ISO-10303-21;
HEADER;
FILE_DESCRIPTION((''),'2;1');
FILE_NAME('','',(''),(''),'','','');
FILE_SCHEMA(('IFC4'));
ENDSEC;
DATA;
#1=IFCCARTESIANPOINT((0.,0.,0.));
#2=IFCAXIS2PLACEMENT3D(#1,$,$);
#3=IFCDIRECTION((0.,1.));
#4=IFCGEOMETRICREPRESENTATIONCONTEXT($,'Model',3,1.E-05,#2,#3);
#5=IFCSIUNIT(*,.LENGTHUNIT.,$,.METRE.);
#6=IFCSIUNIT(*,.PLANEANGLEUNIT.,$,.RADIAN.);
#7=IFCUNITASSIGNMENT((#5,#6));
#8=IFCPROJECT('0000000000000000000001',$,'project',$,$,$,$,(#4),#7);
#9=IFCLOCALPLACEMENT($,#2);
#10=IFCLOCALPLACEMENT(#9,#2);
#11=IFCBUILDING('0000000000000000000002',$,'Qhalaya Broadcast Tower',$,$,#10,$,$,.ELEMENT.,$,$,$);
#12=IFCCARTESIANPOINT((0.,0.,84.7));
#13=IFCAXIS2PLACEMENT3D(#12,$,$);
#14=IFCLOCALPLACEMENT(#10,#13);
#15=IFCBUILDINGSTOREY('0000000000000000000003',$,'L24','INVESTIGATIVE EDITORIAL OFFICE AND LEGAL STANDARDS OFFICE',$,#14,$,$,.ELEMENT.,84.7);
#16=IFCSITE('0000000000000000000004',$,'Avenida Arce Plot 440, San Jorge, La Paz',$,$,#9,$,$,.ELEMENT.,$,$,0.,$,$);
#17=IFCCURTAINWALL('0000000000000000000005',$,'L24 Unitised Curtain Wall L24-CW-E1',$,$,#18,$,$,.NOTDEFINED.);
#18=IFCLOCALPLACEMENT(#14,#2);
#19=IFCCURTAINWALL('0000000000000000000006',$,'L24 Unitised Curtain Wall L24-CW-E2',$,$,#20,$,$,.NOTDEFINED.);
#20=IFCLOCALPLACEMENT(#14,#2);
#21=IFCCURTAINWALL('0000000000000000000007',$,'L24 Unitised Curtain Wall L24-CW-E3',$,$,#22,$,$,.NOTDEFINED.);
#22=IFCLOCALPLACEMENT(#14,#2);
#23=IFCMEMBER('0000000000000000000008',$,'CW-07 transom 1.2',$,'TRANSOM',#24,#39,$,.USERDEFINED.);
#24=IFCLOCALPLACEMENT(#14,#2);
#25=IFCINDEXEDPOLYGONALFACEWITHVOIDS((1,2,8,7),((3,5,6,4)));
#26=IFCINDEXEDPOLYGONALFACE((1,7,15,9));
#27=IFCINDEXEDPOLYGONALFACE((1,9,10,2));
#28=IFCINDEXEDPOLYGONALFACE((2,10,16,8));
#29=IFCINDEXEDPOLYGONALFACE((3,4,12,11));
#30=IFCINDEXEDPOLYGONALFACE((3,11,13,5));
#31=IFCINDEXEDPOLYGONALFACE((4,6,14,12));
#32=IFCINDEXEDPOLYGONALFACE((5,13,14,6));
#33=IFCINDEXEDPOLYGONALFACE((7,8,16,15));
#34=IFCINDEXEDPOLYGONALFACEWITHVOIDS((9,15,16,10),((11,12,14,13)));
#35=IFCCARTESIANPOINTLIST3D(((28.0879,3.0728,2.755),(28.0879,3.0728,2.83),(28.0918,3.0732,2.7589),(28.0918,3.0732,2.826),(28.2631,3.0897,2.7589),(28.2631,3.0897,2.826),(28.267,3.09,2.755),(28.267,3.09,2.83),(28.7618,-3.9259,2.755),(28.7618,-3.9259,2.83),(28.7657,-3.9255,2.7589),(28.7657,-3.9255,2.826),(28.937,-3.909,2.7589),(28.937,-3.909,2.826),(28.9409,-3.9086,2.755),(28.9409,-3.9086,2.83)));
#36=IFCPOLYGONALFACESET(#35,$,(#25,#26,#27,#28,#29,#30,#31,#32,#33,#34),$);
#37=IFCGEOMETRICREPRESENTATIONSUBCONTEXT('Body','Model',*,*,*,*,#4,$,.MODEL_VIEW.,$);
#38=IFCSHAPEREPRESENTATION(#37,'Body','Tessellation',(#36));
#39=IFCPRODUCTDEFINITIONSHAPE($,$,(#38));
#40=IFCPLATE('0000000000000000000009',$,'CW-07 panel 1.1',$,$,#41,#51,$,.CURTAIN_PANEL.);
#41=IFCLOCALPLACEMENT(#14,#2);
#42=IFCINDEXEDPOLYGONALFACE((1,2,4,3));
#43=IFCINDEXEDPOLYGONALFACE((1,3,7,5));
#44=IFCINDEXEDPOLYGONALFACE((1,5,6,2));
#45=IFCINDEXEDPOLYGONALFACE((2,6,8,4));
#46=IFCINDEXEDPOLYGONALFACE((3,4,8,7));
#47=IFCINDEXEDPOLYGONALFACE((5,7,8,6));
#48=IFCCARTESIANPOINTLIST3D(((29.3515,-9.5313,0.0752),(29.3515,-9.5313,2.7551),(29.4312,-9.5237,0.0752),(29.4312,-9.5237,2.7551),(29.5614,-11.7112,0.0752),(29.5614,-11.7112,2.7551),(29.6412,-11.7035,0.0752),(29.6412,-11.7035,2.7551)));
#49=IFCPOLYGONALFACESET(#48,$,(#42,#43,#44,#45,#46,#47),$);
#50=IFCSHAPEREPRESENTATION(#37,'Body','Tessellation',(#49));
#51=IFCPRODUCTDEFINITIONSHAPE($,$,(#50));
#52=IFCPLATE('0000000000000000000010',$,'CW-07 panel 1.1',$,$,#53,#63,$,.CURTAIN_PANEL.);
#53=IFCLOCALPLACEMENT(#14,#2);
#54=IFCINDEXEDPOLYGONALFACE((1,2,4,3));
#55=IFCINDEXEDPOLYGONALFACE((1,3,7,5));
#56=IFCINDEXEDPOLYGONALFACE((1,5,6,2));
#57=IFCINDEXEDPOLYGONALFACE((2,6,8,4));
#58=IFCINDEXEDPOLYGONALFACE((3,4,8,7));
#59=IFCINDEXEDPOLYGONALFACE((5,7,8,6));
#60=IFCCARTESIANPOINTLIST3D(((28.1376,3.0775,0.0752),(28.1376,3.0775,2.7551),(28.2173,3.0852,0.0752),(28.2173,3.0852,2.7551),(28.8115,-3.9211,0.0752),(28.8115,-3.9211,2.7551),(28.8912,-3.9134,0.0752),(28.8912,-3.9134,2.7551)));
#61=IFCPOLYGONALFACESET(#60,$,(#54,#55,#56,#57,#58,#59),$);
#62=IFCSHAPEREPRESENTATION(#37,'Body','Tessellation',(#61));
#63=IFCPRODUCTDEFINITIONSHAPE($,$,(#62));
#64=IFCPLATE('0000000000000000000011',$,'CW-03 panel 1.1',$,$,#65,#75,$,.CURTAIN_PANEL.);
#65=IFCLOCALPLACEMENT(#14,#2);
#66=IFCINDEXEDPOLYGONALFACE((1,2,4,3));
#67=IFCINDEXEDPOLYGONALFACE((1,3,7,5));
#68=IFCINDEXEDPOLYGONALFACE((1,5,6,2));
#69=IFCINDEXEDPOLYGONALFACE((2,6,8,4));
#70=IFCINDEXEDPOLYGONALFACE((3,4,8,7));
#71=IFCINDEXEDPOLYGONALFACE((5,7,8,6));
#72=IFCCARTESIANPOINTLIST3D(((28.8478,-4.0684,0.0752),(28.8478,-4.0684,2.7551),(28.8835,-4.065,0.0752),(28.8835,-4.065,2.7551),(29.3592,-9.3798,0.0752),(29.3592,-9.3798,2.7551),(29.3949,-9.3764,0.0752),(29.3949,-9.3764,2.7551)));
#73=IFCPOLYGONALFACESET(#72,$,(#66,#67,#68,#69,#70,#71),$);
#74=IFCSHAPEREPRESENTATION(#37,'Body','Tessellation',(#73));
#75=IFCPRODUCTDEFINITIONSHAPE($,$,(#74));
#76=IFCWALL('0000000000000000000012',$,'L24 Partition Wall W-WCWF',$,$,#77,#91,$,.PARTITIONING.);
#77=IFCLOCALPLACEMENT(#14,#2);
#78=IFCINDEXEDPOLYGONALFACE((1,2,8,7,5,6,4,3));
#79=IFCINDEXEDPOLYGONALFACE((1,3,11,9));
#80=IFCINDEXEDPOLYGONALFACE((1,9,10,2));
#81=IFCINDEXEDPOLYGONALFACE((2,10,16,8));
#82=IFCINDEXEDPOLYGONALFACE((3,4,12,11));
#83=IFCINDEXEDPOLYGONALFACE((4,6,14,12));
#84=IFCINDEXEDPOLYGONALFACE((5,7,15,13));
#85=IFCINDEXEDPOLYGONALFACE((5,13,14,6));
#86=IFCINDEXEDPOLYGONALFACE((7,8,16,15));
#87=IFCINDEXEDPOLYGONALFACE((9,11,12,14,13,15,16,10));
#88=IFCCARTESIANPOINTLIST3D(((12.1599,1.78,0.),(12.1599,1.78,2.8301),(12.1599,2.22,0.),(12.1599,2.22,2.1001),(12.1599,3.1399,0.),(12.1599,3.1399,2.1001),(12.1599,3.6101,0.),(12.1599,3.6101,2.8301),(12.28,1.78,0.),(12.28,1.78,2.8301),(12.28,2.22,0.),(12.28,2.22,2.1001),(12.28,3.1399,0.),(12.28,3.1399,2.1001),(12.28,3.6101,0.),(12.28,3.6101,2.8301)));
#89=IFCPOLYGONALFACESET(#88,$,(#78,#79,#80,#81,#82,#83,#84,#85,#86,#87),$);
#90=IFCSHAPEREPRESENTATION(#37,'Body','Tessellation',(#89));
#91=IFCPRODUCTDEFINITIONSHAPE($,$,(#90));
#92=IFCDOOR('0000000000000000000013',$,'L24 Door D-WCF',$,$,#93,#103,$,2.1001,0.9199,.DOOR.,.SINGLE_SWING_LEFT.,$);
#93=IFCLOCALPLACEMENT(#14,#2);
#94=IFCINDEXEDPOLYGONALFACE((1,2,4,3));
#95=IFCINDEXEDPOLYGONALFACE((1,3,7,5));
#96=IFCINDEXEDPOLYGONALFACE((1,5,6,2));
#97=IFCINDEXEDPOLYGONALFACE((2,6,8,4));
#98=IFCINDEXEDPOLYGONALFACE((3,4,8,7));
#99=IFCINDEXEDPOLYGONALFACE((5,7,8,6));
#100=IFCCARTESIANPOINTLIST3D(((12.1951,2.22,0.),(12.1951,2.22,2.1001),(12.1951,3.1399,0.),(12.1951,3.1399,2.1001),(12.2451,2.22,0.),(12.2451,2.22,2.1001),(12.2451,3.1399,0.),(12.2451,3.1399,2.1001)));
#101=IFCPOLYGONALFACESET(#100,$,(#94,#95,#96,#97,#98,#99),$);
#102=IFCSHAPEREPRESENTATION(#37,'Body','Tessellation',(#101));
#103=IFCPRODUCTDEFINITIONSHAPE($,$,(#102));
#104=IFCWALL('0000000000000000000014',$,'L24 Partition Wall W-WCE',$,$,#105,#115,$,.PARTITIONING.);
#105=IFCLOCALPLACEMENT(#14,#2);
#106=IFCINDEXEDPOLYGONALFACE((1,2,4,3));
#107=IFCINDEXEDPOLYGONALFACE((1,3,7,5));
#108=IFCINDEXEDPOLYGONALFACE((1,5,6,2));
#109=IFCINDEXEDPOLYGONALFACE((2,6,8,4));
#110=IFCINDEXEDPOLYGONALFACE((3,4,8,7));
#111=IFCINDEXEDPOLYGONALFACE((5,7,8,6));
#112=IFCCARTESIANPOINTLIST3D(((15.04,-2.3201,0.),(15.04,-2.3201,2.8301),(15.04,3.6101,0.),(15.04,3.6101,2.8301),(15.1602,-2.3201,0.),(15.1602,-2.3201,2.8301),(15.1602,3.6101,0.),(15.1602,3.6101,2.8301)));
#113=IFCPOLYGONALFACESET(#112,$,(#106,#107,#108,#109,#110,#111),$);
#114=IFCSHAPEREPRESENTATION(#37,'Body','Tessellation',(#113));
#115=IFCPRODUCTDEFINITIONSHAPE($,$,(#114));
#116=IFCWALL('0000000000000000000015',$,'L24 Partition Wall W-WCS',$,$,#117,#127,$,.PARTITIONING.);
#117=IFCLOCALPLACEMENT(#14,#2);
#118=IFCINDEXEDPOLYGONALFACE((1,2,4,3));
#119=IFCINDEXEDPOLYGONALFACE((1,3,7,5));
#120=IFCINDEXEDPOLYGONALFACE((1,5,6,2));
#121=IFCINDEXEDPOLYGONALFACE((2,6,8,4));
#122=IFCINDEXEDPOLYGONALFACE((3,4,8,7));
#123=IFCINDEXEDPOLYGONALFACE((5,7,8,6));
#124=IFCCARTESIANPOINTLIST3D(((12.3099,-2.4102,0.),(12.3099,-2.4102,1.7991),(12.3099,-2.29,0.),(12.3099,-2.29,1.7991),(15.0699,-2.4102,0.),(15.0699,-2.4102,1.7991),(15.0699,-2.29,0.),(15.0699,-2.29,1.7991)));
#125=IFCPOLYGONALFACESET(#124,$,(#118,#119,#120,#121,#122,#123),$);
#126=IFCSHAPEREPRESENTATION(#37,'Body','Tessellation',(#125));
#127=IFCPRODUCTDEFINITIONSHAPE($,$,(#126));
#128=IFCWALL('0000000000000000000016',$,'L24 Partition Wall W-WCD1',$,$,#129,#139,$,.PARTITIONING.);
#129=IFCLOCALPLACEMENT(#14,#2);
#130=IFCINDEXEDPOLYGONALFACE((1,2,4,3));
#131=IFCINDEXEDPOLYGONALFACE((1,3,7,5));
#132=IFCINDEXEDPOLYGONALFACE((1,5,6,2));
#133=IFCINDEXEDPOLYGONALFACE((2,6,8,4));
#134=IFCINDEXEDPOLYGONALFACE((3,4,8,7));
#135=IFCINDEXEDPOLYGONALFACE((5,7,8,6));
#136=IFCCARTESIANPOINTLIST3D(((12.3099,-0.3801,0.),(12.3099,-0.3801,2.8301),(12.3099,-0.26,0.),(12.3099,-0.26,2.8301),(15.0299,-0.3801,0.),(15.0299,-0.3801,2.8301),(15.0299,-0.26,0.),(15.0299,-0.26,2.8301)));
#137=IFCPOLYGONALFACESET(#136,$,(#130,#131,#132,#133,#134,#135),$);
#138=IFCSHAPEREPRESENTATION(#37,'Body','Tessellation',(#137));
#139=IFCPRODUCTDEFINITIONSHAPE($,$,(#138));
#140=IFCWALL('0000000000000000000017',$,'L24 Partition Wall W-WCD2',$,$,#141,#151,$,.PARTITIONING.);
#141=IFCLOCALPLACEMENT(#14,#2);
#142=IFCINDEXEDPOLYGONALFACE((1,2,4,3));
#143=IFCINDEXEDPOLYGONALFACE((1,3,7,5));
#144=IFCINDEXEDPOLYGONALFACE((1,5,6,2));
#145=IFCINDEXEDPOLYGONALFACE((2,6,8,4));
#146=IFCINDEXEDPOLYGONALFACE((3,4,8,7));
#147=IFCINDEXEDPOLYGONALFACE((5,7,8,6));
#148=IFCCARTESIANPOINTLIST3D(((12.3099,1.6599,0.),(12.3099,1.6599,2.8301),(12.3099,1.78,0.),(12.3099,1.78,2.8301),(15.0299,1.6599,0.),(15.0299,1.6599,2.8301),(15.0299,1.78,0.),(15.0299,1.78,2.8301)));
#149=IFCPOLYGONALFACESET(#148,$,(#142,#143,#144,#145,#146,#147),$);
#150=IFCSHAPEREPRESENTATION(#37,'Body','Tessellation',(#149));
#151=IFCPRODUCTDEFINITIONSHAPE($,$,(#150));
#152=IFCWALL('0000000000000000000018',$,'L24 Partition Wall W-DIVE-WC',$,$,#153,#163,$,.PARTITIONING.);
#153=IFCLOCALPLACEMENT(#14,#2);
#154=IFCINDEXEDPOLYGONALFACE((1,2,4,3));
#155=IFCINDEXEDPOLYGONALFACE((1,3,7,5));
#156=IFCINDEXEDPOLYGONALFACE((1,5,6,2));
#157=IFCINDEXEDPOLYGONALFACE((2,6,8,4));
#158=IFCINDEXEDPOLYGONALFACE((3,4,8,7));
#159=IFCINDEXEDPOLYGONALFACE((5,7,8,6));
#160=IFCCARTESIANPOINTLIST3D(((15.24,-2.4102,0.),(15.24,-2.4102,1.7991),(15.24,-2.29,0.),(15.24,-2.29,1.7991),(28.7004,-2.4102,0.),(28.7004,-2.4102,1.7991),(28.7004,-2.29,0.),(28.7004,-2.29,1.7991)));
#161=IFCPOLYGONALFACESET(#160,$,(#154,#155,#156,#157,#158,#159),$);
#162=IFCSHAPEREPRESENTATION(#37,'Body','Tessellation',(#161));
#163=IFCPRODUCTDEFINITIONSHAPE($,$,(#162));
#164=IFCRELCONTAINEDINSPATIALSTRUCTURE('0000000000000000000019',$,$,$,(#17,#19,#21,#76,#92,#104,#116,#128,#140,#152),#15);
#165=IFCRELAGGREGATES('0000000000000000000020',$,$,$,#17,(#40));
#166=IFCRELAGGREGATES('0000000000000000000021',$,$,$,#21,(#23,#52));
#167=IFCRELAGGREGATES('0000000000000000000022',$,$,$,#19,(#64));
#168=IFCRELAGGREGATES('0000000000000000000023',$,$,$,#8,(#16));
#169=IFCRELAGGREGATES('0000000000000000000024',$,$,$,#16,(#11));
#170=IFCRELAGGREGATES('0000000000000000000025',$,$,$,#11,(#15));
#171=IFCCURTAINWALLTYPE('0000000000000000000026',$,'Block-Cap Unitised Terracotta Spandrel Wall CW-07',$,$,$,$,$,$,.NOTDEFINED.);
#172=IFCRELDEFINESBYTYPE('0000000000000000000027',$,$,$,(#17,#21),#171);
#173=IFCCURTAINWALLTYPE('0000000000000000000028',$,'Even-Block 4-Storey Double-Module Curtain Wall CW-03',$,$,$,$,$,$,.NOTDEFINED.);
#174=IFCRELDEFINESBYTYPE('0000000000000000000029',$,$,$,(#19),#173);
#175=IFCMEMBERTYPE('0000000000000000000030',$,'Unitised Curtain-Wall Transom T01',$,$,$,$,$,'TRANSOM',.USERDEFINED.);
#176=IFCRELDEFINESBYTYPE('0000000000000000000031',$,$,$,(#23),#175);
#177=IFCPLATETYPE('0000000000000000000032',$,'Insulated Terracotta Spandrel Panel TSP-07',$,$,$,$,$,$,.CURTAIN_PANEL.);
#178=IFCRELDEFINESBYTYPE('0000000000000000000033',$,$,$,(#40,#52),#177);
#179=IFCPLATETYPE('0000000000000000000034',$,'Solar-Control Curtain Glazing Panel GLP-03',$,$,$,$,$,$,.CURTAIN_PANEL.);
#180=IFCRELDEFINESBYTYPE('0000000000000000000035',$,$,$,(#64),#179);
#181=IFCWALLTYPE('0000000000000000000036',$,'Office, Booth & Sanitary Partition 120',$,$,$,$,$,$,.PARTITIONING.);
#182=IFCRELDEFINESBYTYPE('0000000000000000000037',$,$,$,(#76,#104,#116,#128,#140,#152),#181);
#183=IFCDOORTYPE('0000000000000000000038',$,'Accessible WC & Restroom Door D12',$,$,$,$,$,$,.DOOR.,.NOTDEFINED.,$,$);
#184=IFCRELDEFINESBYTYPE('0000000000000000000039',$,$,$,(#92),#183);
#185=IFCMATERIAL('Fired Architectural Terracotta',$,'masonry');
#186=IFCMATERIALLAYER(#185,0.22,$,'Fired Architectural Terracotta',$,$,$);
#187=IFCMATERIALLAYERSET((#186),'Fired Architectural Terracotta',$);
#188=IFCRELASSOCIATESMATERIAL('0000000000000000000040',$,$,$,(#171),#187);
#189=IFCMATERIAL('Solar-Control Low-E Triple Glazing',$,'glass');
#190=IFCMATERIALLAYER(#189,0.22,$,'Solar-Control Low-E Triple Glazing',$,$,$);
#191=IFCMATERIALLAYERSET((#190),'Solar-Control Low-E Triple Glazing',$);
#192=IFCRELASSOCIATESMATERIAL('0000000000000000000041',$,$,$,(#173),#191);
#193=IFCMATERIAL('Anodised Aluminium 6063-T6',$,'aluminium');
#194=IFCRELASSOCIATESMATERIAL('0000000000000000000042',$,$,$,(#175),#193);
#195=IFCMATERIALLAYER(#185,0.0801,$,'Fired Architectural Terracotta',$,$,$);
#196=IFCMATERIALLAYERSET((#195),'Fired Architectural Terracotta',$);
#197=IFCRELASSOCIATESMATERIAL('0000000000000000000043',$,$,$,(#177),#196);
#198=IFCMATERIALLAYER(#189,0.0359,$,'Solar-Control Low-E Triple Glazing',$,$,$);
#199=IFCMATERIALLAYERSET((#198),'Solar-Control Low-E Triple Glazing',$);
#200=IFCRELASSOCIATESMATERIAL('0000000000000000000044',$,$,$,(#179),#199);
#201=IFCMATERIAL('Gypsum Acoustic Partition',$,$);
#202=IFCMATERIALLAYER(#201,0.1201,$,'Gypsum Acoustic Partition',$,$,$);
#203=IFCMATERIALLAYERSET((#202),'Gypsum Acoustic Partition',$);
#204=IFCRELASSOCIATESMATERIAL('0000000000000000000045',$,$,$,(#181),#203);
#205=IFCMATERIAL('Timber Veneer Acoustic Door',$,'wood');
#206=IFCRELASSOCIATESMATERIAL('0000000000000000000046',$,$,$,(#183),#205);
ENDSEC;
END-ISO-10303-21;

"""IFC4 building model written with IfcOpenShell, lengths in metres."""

from ifc_helpers import new_model, si_unit, direction, frame, frame_2d, origin, origin_2d, place, context, subcontext, project, spatial, rectangle, hollow_rectangle, extrude, material, layer, layer_set, material_profile, profile_set, type_object, element, fill, aggregate, save


model = new_model("IFC4")

# Units and contexts
model_context = context("Model", 3, precision=1e-05, world=origin(), true_north=direction((0.0, 1.0)))
body_context = subcontext(model_context, "Body", "Model", "MODEL_VIEW")
ifc_project = project(units=[si_unit("LENGTHUNIT", "METRE"), si_unit("PLANEANGLEUNIT", "RADIAN")], contexts=[model_context])

# Site, building, storey
site_placement = place(None, origin())
site = spatial("IfcSite", under=ifc_project, at=site_placement, Name="Avenida Arce Plot 440, San Jorge, La Paz", CompositionType="ELEMENT", RefElevation=0.0)
building_placement = place(site_placement, origin())
building = spatial("IfcBuilding", under=site, at=building_placement, Name="Qhalaya Broadcast Tower", CompositionType="ELEMENT")
storey_placement = place(building_placement, frame((0.0, 0.0, 84.7)))
storey = spatial("IfcBuildingStorey", under=building, at=storey_placement, Name="L24", Description="INVESTIGATIVE EDITORIAL OFFICE AND LEGAL STANDARDS OFFICE", CompositionType="ELEMENT", Elevation=84.7)

# Curtain wall
ifc_material_1 = material(Name="Fired Architectural Terracotta", Category="masonry")
ifc_layer_1 = layer(ifc_material_1, 0.22, Name="Fired Architectural Terracotta")
ifc_layer_set_1 = layer_set([ifc_layer_1], Name="Fired Architectural Terracotta")
curtain_wall_type_1 = type_object("IfcCurtainWallType", Name="Block-Cap Unitised Terracotta Spandrel Wall CW-07", PredefinedType="NOTDEFINED", material=ifc_layer_set_1)
curtain_wall_1_placement = place(storey_placement, origin())
curtain_wall_1 = element("IfcCurtainWall", 1, at=curtain_wall_1_placement, inside=storey, type_object=curtain_wall_type_1, Name="L24 Unitised Curtain Wall L24-CW-E1", PredefinedType="NOTDEFINED")
ifc_material_2 = material(Name="Anodised Aluminium 6063-T6", Category="aluminium")

# Curtain walls
ifc_material_3 = material(Name="Solar-Control Low-E Triple Glazing", Category="glass")
ifc_layer_2 = layer(ifc_material_3, 0.22, Name="Solar-Control Low-E Triple Glazing")
ifc_layer_set_2 = layer_set([ifc_layer_2], Name="Solar-Control Low-E Triple Glazing")
curtain_wall_type_2 = type_object("IfcCurtainWallType", Name="Even-Block 4-Storey Double-Module Curtain Wall CW-03", PredefinedType="NOTDEFINED", material=ifc_layer_set_2)
curtain_wall_2_placement = place(storey_placement, origin())
curtain_wall_2 = element("IfcCurtainWall", 2, at=curtain_wall_2_placement, inside=storey, type_object=curtain_wall_type_2, Name="L24 Unitised Curtain Wall L24-CW-E2", PredefinedType="NOTDEFINED")
curtain_wall_3_placement = place(storey_placement, origin())
curtain_wall_3 = element("IfcCurtainWall", 3, at=curtain_wall_3_placement, inside=storey, type_object=curtain_wall_type_1, Name="L24 Unitised Curtain Wall L24-CW-E3", PredefinedType="NOTDEFINED")

# Member
ifc_material_profile_1 = material_profile(ifc_material_2, hollow_rectangle(XDim=0.075, YDim=0.1799, WallThickness=0.0039, at=origin_2d()), Name="ALU-TRN 75x180x4")
ifc_profile_set_1 = profile_set([ifc_material_profile_1], Name="Anodised Aluminium 6063-T6")
member_type_1 = type_object("IfcMemberType", Name="Unitised Curtain-Wall Transom T01", ElementType="TRANSOM", PredefinedType="USERDEFINED", material=ifc_profile_set_1)
member_1_placement = place(storey_placement, frame((28.8513, -3.9172, 2.7925), z_axis=(-0.095838, 0.995397, 0.0), x_axis=(0.0, 0.0, 1.0)))
member_1 = element("IfcMember", 4, at=member_1_placement, type_object=member_type_1, Name="CW-07 transom 1.2", ObjectType="TRANSOM", PredefinedType="USERDEFINED", context=body_context, shape_type="SweptSolid", body=[
    extrude(hollow_rectangle(XDim=0.075, YDim=0.1799, WallThickness=0.0039, at=origin_2d()), origin(), (0.0, 0.0, 1.0), 7.031),
])

# Plates
ifc_layer_3 = layer(ifc_material_1, 0.0801, Name="Fired Architectural Terracotta")
ifc_layer_set_3 = layer_set([ifc_layer_3], Name="Fired Architectural Terracotta")
plate_type_1 = type_object("IfcPlateType", Name="Insulated Terracotta Spandrel Panel TSP-07", PredefinedType="CURTAIN_PANEL", material=ifc_layer_set_3)
plate_1_placement = place(storey_placement, frame((29.4963, -10.6174, 0.0752), z_axis=(0.0, 0.0, 1.0), x_axis=(-0.095856, 0.995395, 0.0)))
plate_1 = element("IfcPlate", 5, at=plate_1_placement, type_object=plate_type_1, Name="CW-07 panel 1.1", PredefinedType="CURTAIN_PANEL", context=body_context, shape_type="SweptSolid", body=[
    extrude(rectangle(XDim=2.1899, YDim=0.0801, at=origin_2d()), origin(), (0.0, 0.0, 1.0), 2.6799),
])
aggregate(curtain_wall_1, [plate_1])
plate_2_placement = place(storey_placement, frame((28.5144, -0.418, 0.0752), z_axis=(0.0, 0.0, 1.0), x_axis=(-0.095851, 0.995396, 0.0)))
plate_2 = element("IfcPlate", 6, at=plate_2_placement, type_object=plate_type_1, Name="CW-07 panel 1.1", PredefinedType="CURTAIN_PANEL", context=body_context, shape_type="SweptSolid", body=[
    extrude(rectangle(XDim=7.031, YDim=0.0801, at=origin_2d()), origin(), (0.0, 0.0, 1.0), 2.6799),
])
aggregate(curtain_wall_3, [member_1, plate_2])
ifc_layer_4 = layer(ifc_material_3, 0.0359, Name="Solar-Control Low-E Triple Glazing")
ifc_layer_set_4 = layer_set([ifc_layer_4], Name="Solar-Control Low-E Triple Glazing")
plate_type_2 = type_object("IfcPlateType", Name="Solar-Control Curtain Glazing Panel GLP-03", PredefinedType="CURTAIN_PANEL", material=ifc_layer_set_4)
plate_3_placement = place(storey_placement, frame((29.1213, -6.7224, 0.0752), z_axis=(0.0, 0.0, 1.0), x_axis=(-0.095843, 0.995396, 0.0)))
plate_3 = element("IfcPlate", 7, at=plate_3_placement, type_object=plate_type_2, Name="CW-03 panel 1.1", PredefinedType="CURTAIN_PANEL", context=body_context, shape_type="SweptSolid", body=[
    extrude(rectangle(XDim=5.3359, YDim=0.0359, at=origin_2d()), origin(), (0.0, 0.0, 1.0), 2.6799),
])
aggregate(curtain_wall_2, [plate_3])

# Wall, opening, door
ifc_material_4 = material(Name="Gypsum Acoustic Partition")
ifc_layer_5 = layer(ifc_material_4, 0.1201, Name="Gypsum Acoustic Partition")
ifc_layer_set_5 = layer_set([ifc_layer_5], Name="Gypsum Acoustic Partition")
wall_type = type_object("IfcWallType", Name="Office, Booth & Sanitary Partition 120", PredefinedType="PARTITIONING", material=ifc_layer_set_5)
wall_1_placement = place(storey_placement, frame((12.22, 1.78, 0.0), z_axis=(0.0, 0.0, 1.0), x_axis=(0.0, 1.0, 0.0)))
wall_1 = element("IfcWall", 8, at=wall_1_placement, inside=storey, type_object=wall_type, Name="L24 Partition Wall W-WCWF", PredefinedType="PARTITIONING", context=body_context, shape_type="SweptSolid", body=[
    extrude(rectangle(XDim=1.8301, YDim=0.1201, at=frame_2d((0.915, 0.0))), origin(), (0.0, 0.0, 1.0), 2.8301),
])
opening_placement = place(wall_1_placement, frame((0.4399, 0.0, 0.0)))
opening = element("IfcOpeningElement", 9, at=opening_placement, cuts=wall_1, PredefinedType="OPENING", context=body_context, shape_type="SweptSolid", body=[
    extrude(rectangle(XDim=0.9199, YDim=2.1001, at=frame_2d((0.46, 1.05))), frame((0.0, 0.072, 0.0), z_axis=(0.0, -1.0, 0.0), x_axis=(1.0, 0.0, 0.0)), (0.0, 0.0, 1.0), 0.144),
])
ifc_material_5 = material(Name="Timber Veneer Acoustic Door", Category="wood")
door_type = type_object("IfcDoorType", Name="Accessible WC & Restroom Door D12", OperationType="NOTDEFINED", PredefinedType="DOOR", material=ifc_material_5)
door_placement = place(opening_placement, origin())
door = element("IfcDoor", 10, at=door_placement, inside=storey, type_object=door_type, Name="L24 Door D-WCF", OperationType="SINGLE_SWING_LEFT", OverallHeight=2.1001, OverallWidth=0.9199, PredefinedType="DOOR", context=body_context, shape_type="SweptSolid", body=[
    extrude(rectangle(XDim=0.9199, YDim=2.1001, at=frame_2d((0.46, 1.05))), frame((0.0, 0.0249, 0.0), z_axis=(0.0, -1.0, 0.0), x_axis=(1.0, 0.0, 0.0)), (0.0, 0.0, 1.0), 0.05),
])
fill(opening, door)

# Walls
wall_2_placement = place(storey_placement, frame((15.1001, -2.3201, 0.0), z_axis=(0.0, 0.0, 1.0), x_axis=(0.0, 1.0, 0.0)))
element("IfcWall", 11, at=wall_2_placement, inside=storey, type_object=wall_type, Name="L24 Partition Wall W-WCE", PredefinedType="PARTITIONING", context=body_context, shape_type="SweptSolid", body=[
    extrude(rectangle(XDim=5.9302, YDim=0.1201, at=frame_2d((2.9651, 0.0))), origin(), (0.0, 0.0, 1.0), 2.8301),
])
wall_3_placement = place(storey_placement, frame((12.3101, -2.3501, 0.0), z_axis=(0.0, 0.0, 1.0), x_axis=(1.0, 0.0, 0.0)))
element("IfcWall", 12, at=wall_3_placement, inside=storey, type_object=wall_type, Name="L24 Partition Wall W-WCS", PredefinedType="PARTITIONING", context=body_context, shape_type="SweptSolid", body=[
    extrude(rectangle(XDim=2.76, YDim=0.1201, at=frame_2d((1.3799, 0.0))), origin(), (0.0, 0.0, 1.0), 1.7991),
])
for number, where, z_axis, x_axis, name in (
    (13, (12.3101, -0.3201, 0.0), (0.0, 0.0, 1.0), (1.0, 0.0, 0.0), "L24 Partition Wall W-WCD1"),
    (14, (12.3101, 1.72, 0.0), (0.0, 0.0, 1.0), (1.0, 0.0, 0.0), "L24 Partition Wall W-WCD2"),
):
    element("IfcWall", number, at=place(storey_placement, frame(where, z_axis=z_axis, x_axis=x_axis)), inside=storey, type_object=wall_type, Name=name, PredefinedType="PARTITIONING", context=body_context, shape_type="SweptSolid", body=[
        extrude(rectangle(XDim=2.72, YDim=0.1201, at=frame_2d((1.3599, 0.0))), origin(), (0.0, 0.0, 1.0), 2.8301),
    ])
wall_4_placement = place(storey_placement, frame((15.24, -2.3501, 0.0), z_axis=(0.0, 0.0, 1.0), x_axis=(1.0, 0.0, 0.0)))
element("IfcWall", 15, at=wall_4_placement, inside=storey, type_object=wall_type, Name="L24 Partition Wall W-DIVE-WC", PredefinedType="PARTITIONING", context=body_context, shape_type="SweptSolid", body=[
    extrude(rectangle(XDim=13.4604, YDim=0.1201, at=frame_2d((6.7302, 0.0))), origin(), (0.0, 0.0, 1.0), 1.7991),
])

save(model, "model.ifc")
